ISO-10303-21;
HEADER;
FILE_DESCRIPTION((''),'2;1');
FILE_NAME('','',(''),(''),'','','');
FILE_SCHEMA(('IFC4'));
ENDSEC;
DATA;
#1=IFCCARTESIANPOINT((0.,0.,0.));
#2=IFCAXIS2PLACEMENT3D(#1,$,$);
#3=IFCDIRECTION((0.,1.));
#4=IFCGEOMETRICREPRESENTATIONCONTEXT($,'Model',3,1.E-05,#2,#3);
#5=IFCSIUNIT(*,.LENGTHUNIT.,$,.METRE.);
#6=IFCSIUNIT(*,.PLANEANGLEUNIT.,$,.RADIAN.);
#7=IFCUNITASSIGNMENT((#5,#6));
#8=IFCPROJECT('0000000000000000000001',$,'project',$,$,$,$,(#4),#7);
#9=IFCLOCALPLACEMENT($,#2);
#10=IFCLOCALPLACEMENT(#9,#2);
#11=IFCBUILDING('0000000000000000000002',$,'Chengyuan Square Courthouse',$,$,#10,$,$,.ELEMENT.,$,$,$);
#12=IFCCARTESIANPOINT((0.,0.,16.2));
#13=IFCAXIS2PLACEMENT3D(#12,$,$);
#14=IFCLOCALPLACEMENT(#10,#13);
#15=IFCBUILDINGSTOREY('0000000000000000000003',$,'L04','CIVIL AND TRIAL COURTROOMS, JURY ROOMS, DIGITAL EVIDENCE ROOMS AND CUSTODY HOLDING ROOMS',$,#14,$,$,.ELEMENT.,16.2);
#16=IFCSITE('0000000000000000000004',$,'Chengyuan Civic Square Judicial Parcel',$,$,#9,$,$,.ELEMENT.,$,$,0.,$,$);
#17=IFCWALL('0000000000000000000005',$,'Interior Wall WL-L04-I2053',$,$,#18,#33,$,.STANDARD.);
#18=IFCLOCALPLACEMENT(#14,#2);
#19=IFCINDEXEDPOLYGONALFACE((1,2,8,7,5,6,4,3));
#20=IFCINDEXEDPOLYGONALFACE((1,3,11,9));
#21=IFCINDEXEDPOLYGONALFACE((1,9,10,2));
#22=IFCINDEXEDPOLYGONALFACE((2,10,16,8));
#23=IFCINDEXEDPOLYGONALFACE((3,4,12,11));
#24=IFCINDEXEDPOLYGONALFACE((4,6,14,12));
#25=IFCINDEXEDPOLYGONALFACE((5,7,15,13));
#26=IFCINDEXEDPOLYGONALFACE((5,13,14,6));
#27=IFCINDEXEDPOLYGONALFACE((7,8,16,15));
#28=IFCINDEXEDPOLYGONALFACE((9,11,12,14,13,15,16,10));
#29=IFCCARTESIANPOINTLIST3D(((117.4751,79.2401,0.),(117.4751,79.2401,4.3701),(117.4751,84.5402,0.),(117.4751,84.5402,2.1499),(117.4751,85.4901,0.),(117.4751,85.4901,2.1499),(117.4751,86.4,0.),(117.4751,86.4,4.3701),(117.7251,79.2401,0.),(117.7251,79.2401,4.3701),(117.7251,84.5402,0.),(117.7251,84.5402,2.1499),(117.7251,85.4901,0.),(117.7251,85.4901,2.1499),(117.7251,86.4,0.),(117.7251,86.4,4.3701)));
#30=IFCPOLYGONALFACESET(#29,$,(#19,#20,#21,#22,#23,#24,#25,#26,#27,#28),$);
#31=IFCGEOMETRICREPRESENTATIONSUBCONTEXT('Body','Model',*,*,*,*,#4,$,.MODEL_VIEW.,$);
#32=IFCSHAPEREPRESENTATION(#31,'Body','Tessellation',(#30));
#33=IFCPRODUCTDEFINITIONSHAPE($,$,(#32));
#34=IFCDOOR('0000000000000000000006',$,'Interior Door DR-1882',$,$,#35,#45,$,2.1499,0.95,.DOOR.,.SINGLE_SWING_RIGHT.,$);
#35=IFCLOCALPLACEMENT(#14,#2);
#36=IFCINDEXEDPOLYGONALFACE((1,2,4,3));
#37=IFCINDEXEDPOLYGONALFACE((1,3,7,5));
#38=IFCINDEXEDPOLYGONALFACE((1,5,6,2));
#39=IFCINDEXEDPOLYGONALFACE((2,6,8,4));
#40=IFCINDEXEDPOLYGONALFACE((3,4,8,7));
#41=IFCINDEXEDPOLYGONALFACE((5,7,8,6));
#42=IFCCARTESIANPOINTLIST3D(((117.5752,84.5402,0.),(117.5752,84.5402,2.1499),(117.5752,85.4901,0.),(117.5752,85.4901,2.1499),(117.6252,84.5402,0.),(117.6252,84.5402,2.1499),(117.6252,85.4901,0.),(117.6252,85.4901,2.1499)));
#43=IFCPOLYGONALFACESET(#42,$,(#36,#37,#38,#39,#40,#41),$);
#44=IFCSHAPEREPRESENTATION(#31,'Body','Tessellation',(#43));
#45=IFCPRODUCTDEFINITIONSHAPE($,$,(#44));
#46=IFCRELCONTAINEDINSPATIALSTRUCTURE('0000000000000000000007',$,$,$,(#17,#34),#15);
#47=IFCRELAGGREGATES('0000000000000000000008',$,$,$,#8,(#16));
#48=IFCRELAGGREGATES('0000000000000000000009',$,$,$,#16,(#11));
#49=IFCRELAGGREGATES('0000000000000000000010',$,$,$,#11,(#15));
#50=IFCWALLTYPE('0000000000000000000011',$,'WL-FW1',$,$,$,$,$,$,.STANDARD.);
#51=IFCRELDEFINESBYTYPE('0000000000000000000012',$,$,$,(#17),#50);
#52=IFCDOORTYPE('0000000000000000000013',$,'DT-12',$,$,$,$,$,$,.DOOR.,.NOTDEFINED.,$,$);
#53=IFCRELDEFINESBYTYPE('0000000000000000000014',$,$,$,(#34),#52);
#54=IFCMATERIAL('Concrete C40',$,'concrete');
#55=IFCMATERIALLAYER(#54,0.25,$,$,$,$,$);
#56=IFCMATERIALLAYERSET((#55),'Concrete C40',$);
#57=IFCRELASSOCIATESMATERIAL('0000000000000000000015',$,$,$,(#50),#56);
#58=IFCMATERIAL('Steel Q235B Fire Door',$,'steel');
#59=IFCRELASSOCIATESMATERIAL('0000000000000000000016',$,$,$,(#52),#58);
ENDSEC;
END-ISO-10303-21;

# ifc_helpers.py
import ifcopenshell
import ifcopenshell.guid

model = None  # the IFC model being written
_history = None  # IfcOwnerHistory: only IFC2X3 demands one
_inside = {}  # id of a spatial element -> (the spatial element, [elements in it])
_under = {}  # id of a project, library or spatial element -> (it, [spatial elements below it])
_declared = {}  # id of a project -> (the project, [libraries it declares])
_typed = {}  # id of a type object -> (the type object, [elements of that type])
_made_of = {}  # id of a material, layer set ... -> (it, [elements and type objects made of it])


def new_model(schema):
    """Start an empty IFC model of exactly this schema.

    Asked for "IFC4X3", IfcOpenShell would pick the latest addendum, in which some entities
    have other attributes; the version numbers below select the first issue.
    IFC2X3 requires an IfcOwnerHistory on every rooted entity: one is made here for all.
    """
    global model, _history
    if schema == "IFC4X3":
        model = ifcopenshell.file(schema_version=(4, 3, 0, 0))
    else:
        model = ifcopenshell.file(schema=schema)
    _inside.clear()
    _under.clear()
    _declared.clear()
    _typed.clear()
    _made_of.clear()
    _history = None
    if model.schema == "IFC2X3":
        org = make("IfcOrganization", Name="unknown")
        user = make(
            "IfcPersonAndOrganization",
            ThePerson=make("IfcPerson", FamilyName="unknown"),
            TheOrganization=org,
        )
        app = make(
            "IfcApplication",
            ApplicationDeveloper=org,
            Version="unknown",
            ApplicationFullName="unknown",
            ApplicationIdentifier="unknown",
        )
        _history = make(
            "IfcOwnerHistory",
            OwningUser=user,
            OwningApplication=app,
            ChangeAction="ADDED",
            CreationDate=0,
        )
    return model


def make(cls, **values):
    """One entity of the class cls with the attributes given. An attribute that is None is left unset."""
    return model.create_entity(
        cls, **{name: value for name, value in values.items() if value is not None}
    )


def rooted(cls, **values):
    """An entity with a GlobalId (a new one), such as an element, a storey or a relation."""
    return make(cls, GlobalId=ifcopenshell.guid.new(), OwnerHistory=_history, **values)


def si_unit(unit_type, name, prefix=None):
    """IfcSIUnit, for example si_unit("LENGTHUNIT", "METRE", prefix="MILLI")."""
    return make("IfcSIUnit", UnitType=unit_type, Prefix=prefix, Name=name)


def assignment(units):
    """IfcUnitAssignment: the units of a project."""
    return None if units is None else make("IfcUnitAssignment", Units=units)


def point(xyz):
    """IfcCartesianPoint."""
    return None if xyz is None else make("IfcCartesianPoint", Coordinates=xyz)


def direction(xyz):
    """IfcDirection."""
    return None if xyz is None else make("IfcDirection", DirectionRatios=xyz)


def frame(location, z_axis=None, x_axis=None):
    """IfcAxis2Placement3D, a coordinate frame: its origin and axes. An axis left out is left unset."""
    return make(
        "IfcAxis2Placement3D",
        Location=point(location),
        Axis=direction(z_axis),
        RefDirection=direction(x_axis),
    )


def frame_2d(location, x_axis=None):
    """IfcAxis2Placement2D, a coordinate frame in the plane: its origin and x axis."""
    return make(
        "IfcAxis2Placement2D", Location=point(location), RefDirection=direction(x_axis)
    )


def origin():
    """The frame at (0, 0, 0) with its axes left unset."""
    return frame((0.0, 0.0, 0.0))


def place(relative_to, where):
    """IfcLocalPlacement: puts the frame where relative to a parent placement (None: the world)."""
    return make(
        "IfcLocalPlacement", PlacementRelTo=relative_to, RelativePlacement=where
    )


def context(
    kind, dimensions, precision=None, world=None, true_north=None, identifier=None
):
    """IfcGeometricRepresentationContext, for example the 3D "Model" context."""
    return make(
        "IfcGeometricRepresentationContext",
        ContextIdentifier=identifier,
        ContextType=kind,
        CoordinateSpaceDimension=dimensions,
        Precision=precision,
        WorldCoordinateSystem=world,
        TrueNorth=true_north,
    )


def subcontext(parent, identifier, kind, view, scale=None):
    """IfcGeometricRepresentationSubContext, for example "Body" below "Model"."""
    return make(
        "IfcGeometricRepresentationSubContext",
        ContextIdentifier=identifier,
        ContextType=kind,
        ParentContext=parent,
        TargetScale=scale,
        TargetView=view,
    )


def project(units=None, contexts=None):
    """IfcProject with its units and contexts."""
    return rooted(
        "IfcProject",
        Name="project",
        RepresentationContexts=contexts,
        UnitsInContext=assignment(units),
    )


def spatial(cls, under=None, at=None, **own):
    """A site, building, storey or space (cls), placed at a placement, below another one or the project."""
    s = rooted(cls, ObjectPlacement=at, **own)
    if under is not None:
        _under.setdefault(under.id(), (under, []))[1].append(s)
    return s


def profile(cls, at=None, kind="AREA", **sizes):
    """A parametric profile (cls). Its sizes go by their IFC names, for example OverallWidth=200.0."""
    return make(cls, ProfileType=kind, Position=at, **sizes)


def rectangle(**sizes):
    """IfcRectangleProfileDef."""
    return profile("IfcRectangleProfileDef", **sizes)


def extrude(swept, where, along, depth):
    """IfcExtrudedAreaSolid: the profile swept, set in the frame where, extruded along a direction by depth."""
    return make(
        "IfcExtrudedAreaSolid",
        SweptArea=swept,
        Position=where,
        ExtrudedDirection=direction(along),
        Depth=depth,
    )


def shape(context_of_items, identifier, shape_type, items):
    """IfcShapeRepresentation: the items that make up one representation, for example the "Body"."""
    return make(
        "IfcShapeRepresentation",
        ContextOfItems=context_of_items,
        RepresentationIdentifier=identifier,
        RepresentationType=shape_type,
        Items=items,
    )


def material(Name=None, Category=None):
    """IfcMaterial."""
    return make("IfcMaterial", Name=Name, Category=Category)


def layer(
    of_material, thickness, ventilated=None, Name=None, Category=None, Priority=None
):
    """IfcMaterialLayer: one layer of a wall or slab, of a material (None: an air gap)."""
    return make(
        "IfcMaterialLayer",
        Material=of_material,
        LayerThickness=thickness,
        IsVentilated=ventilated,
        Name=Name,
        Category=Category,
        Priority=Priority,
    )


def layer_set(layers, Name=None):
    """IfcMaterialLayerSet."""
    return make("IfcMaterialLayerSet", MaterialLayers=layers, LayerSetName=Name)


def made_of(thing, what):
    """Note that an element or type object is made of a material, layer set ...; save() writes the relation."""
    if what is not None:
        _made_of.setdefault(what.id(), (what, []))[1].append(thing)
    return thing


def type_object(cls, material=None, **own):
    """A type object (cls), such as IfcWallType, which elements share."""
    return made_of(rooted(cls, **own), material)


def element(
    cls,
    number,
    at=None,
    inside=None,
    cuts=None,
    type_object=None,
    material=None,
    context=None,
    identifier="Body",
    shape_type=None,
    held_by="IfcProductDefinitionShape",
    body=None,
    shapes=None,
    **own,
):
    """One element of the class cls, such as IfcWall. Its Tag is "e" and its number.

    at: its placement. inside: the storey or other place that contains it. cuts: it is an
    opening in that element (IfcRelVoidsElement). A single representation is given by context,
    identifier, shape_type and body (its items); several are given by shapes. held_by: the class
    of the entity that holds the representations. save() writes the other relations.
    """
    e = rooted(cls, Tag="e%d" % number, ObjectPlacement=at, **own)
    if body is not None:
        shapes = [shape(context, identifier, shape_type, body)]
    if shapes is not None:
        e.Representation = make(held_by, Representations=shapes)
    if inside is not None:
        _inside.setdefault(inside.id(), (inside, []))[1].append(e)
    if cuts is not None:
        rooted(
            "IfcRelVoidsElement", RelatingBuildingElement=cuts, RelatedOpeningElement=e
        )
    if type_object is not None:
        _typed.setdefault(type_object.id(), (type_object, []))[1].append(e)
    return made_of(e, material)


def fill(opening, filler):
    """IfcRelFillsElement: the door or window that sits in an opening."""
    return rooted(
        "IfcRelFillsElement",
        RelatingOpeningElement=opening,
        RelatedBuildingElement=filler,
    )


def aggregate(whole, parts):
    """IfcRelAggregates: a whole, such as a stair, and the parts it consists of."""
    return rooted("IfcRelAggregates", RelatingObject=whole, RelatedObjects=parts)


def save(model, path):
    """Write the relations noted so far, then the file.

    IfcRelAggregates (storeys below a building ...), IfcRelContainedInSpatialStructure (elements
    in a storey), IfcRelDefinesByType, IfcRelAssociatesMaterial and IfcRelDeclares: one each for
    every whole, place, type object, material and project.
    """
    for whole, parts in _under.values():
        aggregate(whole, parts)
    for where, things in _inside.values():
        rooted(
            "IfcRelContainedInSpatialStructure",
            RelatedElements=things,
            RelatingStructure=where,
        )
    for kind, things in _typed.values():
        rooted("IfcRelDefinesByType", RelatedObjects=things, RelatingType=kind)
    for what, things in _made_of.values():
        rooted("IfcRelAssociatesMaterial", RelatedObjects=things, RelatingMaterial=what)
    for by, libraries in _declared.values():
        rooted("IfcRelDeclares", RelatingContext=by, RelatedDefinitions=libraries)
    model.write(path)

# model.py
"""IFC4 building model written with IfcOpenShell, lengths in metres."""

from ifc_helpers import new_model, si_unit, direction, frame, frame_2d, origin, place, context, subcontext, project, spatial, rectangle, extrude, material, layer, layer_set, type_object, element, fill, save


model = new_model("IFC4")

# Units and contexts
model_context = context("Model", 3, precision=1e-05, world=origin(), true_north=direction((0.0, 1.0)))
body_context = subcontext(model_context, "Body", "Model", "MODEL_VIEW")
ifc_project = project(units=[si_unit("LENGTHUNIT", "METRE"), si_unit("PLANEANGLEUNIT", "RADIAN")], contexts=[model_context])

# Site, building, storey
site_placement = place(None, origin())
site = spatial("IfcSite", under=ifc_project, at=site_placement, Name="Chengyuan Civic Square Judicial Parcel", CompositionType="ELEMENT", RefElevation=0.0)
building_placement = place(site_placement, origin())
building = spatial("IfcBuilding", under=site, at=building_placement, Name="Chengyuan Square Courthouse", CompositionType="ELEMENT")
storey_placement = place(building_placement, frame((0.0, 0.0, 16.2)))
storey = spatial("IfcBuildingStorey", under=building, at=storey_placement, Name="L04", Description="CIVIL AND TRIAL COURTROOMS, JURY ROOMS, DIGITAL EVIDENCE ROOMS AND CUSTODY HOLDING ROOMS", CompositionType="ELEMENT", Elevation=16.2)

# Shared definitions
ifc_material_1 = material(Name="Concrete C40", Category="concrete")

# Wall, opening, door
ifc_layer_1 = layer(ifc_material_1, 0.25)
ifc_layer_set_1 = layer_set([ifc_layer_1], Name="Concrete C40")
wall_type_1 = type_object("IfcWallType", Name="WL-FW1", PredefinedType="STANDARD", material=ifc_layer_set_1)
wall_1_placement = place(storey_placement, frame((117.6001, 79.24, 0.0), z_axis=(0.0, 0.0, 1.0), x_axis=(0.0, 1.0, 0.0)))
wall_1 = element("IfcWall", 1, at=wall_1_placement, inside=storey, type_object=wall_type_1, Name="Interior Wall WL-L04-I2053", PredefinedType="STANDARD", context=body_context, shape_type="SweptSolid", body=[
    extrude(rectangle(XDim=7.1599, YDim=0.25, at=frame_2d((3.5801, 0.0))), origin(), (0.0, 0.0, 1.0), 4.3701),
])
opening_1_placement = place(wall_1_placement, frame((5.3, 0.0, 0.0)))
opening_1 = element("IfcOpeningElement", 2, at=opening_1_placement, cuts=wall_1, PredefinedType="OPENING", context=body_context, shape_type="SweptSolid", body=[
    extrude(rectangle(XDim=0.95, YDim=2.1499, at=frame_2d((0.4751, 1.075))), frame((0.0, 0.137, 0.0), z_axis=(0.0, -1.0, 0.0), x_axis=(1.0, 0.0, 0.0)), (0.0, 0.0, 1.0), 0.2739),
])
ifc_material_2 = material(Name="Steel Q235B Fire Door", Category="steel")
door_type_1 = type_object("IfcDoorType", Name="DT-12", OperationType="NOTDEFINED", PredefinedType="DOOR", material=ifc_material_2)
door_1_placement = place(opening_1_placement, origin())
door_1 = element("IfcDoor", 3, at=door_1_placement, inside=storey, type_object=door_type_1, Name="Interior Door DR-1882", OperationType="SINGLE_SWING_RIGHT", OverallHeight=2.1499, OverallWidth=0.95, PredefinedType="DOOR", context=body_context, shape_type="SweptSolid", body=[
    extrude(rectangle(XDim=0.95, YDim=2.1499, at=frame_2d((0.4751, 1.075))), frame((0.0, 0.0249, 0.0), z_axis=(0.0, -1.0, 0.0), x_axis=(1.0, 0.0, 0.0)), (0.0, 0.0, 1.0), 0.05),
])
fill(opening_1, door_1)

save(model, "model.ifc")
